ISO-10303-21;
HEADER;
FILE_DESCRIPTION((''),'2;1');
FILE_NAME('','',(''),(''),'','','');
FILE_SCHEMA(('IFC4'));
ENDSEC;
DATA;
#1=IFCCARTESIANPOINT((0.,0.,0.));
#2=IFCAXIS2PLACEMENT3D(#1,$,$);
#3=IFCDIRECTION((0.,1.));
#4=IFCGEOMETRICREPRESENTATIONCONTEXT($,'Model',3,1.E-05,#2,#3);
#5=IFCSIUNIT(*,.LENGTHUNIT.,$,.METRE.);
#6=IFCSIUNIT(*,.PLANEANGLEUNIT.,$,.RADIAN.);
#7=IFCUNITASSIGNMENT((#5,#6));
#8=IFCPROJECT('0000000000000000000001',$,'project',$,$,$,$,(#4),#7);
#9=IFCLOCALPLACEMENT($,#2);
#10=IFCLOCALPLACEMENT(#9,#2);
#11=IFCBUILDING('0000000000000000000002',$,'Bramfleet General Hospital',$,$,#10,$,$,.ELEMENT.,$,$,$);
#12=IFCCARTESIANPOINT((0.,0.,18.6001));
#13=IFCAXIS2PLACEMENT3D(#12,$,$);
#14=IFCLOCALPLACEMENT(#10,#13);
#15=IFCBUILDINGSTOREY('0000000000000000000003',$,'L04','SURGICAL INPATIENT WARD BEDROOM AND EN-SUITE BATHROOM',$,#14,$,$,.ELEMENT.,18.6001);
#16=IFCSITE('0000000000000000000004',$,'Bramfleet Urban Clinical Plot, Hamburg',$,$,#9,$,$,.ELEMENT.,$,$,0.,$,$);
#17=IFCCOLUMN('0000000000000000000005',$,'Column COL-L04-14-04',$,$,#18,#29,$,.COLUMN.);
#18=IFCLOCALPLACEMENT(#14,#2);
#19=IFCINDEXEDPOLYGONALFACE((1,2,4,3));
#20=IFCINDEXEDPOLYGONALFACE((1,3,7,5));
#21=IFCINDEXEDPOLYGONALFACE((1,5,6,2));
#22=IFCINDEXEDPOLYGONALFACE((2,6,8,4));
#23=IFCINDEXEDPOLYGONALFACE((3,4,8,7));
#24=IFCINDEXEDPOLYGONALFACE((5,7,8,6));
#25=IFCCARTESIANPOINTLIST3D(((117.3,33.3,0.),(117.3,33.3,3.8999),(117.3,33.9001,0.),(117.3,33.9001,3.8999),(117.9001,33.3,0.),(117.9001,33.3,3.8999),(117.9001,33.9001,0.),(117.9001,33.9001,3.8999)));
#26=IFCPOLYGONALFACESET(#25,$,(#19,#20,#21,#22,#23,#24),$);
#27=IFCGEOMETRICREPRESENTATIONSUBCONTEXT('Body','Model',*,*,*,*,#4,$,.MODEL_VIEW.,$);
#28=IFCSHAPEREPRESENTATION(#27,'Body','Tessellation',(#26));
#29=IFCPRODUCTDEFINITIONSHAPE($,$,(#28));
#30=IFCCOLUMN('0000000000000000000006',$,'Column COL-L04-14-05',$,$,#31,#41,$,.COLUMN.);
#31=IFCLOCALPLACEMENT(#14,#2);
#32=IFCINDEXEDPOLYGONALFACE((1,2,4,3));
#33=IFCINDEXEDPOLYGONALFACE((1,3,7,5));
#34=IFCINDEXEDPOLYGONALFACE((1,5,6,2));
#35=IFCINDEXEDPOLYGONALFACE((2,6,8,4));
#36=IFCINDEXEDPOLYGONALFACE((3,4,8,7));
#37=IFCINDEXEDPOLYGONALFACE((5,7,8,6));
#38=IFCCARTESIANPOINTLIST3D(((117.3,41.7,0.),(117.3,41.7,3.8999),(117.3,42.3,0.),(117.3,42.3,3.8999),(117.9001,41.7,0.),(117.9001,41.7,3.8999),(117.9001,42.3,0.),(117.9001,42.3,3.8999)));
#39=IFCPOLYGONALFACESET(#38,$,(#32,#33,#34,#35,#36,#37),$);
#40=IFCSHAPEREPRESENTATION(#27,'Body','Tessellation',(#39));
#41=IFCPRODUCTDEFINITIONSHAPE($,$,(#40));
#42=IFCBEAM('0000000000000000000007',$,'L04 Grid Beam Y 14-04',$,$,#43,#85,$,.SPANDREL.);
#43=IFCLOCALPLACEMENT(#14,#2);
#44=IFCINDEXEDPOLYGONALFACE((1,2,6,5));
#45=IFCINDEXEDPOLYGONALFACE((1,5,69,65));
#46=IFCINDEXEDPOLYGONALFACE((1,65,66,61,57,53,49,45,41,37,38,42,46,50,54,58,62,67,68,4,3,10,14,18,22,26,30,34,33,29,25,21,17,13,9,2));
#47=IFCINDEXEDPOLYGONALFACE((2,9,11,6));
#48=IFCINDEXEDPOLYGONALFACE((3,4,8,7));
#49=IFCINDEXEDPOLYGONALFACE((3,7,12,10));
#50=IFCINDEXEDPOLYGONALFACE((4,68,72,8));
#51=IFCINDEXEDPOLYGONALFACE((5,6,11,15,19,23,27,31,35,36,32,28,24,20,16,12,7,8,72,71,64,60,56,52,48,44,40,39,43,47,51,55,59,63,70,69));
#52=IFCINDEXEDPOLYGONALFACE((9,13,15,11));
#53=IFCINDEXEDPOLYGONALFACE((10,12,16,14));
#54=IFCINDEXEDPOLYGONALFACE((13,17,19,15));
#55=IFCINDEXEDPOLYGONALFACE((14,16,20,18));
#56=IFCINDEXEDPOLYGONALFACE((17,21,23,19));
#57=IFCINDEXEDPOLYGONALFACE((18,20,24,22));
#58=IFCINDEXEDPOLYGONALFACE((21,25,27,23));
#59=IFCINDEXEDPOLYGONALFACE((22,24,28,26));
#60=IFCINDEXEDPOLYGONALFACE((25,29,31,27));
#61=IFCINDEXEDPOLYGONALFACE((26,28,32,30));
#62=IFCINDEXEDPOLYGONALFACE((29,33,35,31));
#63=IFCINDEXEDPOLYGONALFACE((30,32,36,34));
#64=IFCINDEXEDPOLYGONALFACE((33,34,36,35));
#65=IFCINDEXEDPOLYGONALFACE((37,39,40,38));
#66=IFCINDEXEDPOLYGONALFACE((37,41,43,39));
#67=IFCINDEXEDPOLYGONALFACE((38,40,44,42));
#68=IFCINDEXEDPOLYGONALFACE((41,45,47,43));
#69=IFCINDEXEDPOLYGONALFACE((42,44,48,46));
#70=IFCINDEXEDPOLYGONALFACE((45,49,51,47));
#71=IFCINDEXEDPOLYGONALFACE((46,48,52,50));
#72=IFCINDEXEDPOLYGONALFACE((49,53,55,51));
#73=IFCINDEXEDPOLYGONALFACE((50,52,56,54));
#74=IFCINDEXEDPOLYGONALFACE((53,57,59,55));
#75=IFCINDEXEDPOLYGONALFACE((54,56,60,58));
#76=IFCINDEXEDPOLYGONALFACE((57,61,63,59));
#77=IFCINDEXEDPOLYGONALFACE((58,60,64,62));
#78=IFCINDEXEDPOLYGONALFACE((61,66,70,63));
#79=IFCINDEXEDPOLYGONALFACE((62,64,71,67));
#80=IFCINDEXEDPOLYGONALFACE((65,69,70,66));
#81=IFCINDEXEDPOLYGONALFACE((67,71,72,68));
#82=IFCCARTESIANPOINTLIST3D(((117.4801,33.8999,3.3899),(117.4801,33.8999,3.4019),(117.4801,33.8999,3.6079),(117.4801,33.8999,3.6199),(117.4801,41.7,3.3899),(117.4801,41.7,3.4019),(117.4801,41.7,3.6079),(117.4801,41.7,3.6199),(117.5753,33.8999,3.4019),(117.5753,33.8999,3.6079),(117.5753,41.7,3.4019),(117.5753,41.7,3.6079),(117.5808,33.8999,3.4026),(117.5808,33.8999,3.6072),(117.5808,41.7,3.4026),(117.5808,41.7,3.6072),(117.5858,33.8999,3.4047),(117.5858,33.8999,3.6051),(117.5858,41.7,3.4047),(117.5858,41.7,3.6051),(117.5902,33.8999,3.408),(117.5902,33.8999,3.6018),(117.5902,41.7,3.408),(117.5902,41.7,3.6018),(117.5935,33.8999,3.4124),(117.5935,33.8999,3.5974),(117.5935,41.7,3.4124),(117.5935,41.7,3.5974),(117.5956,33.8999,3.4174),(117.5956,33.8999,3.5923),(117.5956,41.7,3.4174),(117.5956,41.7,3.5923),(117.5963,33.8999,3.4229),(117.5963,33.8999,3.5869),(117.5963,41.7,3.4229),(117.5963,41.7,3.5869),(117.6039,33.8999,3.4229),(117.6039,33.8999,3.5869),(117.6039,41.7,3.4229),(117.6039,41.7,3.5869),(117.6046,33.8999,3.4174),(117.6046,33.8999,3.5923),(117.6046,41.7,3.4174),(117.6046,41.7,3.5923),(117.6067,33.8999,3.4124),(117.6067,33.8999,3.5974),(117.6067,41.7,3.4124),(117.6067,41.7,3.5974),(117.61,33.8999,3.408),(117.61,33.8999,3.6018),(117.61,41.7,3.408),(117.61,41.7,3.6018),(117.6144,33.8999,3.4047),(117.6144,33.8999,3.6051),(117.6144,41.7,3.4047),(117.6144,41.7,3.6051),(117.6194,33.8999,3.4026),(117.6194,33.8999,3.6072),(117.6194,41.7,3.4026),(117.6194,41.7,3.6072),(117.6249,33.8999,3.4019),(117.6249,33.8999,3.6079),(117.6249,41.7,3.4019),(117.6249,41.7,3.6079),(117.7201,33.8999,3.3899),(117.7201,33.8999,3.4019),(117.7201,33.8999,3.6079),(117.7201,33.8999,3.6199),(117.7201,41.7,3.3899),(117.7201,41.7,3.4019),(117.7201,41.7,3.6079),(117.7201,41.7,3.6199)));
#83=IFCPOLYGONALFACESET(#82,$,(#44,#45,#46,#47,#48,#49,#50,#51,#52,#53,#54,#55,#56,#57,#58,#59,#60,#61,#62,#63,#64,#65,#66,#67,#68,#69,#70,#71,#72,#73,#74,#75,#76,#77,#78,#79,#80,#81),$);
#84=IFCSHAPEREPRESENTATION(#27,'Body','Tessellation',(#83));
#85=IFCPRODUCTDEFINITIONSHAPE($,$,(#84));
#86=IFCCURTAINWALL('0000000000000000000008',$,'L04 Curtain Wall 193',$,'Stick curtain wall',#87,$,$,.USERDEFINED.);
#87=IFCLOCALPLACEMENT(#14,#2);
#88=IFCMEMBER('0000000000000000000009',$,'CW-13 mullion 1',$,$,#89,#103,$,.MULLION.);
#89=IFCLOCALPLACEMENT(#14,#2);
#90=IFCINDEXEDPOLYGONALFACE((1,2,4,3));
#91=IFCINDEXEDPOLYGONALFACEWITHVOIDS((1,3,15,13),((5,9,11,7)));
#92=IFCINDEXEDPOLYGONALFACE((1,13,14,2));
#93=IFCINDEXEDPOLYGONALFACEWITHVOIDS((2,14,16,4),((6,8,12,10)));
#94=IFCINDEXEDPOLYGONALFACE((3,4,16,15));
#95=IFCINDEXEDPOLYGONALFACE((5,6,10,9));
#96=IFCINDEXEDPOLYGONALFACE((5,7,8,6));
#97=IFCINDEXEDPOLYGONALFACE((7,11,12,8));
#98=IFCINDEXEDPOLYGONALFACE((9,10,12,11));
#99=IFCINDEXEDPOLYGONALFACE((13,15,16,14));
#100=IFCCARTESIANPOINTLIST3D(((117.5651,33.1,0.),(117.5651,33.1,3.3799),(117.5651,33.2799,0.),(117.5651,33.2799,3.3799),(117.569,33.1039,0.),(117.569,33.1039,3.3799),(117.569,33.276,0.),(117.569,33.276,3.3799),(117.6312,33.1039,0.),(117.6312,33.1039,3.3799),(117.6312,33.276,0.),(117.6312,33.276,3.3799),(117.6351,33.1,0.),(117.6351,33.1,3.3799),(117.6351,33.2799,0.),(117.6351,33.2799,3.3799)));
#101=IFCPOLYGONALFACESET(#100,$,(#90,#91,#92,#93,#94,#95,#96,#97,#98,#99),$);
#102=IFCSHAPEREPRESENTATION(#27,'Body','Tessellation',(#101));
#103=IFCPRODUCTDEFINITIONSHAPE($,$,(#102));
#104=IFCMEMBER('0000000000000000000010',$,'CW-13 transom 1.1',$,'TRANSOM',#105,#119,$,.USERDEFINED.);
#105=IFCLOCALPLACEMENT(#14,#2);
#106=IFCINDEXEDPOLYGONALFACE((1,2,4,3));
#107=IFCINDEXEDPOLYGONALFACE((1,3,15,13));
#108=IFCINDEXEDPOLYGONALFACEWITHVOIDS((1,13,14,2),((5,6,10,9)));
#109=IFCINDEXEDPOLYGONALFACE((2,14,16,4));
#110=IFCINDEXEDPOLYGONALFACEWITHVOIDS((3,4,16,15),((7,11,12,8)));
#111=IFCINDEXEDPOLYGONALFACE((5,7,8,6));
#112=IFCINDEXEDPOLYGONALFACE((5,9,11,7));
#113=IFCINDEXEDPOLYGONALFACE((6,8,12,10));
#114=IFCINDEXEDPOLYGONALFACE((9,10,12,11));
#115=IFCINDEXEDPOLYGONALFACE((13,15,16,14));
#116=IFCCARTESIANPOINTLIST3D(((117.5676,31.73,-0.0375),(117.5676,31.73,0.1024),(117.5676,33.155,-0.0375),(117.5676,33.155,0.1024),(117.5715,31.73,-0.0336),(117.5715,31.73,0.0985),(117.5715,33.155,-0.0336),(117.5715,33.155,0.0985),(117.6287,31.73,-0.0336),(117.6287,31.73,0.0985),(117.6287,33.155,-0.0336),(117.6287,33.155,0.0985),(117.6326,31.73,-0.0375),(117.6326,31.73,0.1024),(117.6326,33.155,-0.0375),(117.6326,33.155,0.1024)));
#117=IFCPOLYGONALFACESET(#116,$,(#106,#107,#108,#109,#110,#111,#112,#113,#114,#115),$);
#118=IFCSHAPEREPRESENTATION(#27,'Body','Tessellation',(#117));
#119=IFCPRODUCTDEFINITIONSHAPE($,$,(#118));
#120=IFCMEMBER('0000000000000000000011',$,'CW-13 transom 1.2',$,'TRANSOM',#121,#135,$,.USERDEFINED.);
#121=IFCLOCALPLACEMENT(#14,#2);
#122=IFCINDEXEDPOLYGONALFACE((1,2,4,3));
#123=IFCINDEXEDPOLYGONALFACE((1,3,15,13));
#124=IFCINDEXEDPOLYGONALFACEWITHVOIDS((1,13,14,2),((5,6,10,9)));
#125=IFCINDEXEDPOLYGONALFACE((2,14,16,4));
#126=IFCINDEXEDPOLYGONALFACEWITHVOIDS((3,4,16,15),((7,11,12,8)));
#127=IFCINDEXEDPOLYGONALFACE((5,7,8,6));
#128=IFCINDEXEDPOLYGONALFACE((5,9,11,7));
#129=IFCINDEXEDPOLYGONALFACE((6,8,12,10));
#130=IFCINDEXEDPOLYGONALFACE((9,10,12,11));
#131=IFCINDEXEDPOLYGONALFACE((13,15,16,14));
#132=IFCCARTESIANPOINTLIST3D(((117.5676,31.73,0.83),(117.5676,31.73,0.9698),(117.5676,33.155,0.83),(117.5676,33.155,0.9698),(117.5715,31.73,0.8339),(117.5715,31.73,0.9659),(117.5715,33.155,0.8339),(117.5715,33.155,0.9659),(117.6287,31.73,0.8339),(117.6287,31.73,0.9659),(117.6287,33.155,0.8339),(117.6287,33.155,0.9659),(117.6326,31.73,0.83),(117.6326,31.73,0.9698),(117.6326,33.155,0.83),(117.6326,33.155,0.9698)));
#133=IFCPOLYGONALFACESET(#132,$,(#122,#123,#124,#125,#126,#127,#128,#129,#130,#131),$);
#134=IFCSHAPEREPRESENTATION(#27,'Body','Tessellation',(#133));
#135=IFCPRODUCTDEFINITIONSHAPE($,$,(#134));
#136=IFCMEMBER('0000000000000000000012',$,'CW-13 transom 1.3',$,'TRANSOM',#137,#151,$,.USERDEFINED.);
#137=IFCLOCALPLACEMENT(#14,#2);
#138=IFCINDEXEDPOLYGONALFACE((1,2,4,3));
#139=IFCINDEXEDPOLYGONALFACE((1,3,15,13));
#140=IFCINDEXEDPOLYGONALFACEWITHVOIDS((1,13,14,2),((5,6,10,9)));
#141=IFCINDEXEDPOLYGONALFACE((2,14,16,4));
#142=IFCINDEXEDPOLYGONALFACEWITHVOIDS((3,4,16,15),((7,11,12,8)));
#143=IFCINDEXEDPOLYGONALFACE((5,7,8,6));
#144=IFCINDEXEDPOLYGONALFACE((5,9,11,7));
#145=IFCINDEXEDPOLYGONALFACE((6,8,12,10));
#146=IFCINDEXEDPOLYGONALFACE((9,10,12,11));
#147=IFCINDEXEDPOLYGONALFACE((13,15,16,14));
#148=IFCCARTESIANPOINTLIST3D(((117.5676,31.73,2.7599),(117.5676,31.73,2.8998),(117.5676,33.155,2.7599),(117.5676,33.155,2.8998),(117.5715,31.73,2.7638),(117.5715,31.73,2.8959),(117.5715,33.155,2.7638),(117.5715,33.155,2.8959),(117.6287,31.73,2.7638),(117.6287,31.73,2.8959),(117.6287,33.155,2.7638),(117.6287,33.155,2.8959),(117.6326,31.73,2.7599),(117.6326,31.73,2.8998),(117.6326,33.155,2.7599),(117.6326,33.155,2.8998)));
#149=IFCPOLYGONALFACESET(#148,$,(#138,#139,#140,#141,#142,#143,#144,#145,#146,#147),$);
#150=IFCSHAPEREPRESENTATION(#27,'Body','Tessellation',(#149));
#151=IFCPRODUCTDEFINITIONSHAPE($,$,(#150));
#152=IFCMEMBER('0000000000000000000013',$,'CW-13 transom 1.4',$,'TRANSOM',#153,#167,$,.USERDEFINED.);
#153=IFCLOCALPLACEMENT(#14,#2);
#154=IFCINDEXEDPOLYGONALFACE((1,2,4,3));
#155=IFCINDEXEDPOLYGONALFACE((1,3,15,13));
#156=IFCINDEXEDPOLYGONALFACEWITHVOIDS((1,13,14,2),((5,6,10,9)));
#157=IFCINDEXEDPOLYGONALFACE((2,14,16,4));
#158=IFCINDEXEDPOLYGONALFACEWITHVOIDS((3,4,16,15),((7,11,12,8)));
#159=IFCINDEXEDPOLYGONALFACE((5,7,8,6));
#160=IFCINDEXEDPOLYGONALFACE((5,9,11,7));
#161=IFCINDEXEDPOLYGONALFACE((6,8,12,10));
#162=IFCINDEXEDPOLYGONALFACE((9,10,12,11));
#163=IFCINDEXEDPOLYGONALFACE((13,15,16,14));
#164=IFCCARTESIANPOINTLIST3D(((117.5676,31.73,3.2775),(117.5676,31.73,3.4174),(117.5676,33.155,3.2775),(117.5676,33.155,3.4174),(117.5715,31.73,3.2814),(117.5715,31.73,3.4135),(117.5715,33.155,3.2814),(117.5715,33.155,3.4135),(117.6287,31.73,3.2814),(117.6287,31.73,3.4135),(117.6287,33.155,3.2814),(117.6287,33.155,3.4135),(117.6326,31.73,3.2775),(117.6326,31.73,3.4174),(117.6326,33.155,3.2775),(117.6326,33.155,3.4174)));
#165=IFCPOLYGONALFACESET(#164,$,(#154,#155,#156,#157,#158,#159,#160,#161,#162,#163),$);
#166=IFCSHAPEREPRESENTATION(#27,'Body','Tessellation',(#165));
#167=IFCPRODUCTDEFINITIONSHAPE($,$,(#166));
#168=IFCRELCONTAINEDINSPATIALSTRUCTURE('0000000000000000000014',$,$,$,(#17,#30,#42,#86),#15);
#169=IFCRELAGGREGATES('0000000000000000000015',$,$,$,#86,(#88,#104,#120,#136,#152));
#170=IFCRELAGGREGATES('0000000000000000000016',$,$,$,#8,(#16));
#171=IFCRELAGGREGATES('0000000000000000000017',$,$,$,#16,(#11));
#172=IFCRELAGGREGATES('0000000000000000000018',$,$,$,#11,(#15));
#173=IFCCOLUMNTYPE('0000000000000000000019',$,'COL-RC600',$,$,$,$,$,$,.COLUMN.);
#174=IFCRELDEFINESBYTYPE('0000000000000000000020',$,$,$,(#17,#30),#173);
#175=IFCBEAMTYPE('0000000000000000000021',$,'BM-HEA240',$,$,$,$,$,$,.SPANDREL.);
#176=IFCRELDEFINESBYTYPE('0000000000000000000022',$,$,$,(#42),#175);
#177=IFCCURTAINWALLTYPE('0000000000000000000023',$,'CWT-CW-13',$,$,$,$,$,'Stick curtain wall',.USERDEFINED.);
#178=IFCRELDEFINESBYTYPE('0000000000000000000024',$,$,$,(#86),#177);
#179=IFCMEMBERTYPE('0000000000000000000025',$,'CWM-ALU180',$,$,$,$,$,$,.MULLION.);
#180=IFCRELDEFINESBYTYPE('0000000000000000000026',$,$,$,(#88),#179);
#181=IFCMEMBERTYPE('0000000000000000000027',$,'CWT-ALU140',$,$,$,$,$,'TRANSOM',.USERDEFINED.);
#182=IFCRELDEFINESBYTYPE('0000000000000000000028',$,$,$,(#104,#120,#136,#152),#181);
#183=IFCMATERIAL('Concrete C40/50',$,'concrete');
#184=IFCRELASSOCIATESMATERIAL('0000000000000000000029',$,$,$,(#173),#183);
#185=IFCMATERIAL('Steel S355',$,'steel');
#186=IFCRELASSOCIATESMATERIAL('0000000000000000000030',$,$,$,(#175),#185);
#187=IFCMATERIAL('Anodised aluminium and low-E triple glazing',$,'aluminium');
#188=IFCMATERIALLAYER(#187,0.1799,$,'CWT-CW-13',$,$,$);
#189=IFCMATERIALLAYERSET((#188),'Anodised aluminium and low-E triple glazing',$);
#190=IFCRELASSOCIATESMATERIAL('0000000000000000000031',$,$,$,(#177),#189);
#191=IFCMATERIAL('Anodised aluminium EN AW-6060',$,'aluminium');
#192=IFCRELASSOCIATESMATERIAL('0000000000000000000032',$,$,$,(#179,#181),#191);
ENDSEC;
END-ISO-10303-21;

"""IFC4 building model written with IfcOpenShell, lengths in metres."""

from ifc_helpers import new_model, si_unit, direction, frame, origin, origin_2d, place, context, subcontext, project, spatial, rectangle, hollow_rectangle, i_section, extrude, material, layer, layer_set, material_profile, profile_set, type_object, element, aggregate, save


model = new_model("IFC4")

# Units and contexts
model_context = context("Model", 3, precision=1e-05, world=origin(), true_north=direction((0.0, 1.0)))
body_context = subcontext(model_context, "Body", "Model", "MODEL_VIEW")
ifc_project = project(units=[si_unit("LENGTHUNIT", "METRE"), si_unit("PLANEANGLEUNIT", "RADIAN")], contexts=[model_context])

# Site, building, storey
site_placement = place(None, origin())
site = spatial("IfcSite", under=ifc_project, at=site_placement, Name="Bramfleet Urban Clinical Plot, Hamburg", CompositionType="ELEMENT", RefElevation=0.0)
building_placement = place(site_placement, origin())
building = spatial("IfcBuilding", under=site, at=building_placement, Name="Bramfleet General Hospital", CompositionType="ELEMENT")
storey_placement = place(building_placement, frame((0.0, 0.0, 18.6001)))
storey = spatial("IfcBuildingStorey", under=building, at=storey_placement, Name="L04", Description="SURGICAL INPATIENT WARD BEDROOM AND EN-SUITE BATHROOM", CompositionType="ELEMENT", Elevation=18.6001)

# Columns
ifc_material_1 = material(Name="Concrete C40/50", Category="concrete")
ifc_material_profile_1 = material_profile(ifc_material_1, rectangle(XDim=0.6001, YDim=0.6001, at=origin_2d()), Name="RC COL 600x600")
ifc_profile_set_1 = profile_set([ifc_material_profile_1], Name="Concrete C40/50")
column_type = type_object("IfcColumnType", Name="COL-RC600", PredefinedType="COLUMN", material=ifc_profile_set_1)
for number, where, z_axis, x_axis, name in (
    (1, (117.6001, 33.6001, 0.0), (0.0, 0.0, 1.0), (1.0, 0.0, 0.0), "Column COL-L04-14-04"),
    (2, (117.6001, 42.0, 0.0), (0.0, 0.0, 1.0), (1.0, 0.0, 0.0), "Column COL-L04-14-05"),
):
    element("IfcColumn", number, at=place(storey_placement, frame(where, z_axis=z_axis, x_axis=x_axis)), inside=storey, type_object=column_type, Name=name, PredefinedType="COLUMN", context=body_context, shape_type="SweptSolid", body=[
        extrude(rectangle(XDim=0.6001, YDim=0.6001, at=origin_2d()), origin(), (0.0, 0.0, 1.0), 3.8999),
    ])

# Beam
ifc_material_2 = material(Name="Steel S355", Category="steel")
ifc_material_profile_2 = material_profile(ifc_material_2, i_section(OverallWidth=0.24, OverallDepth=0.23, WebThickness=0.0076, FlangeThickness=0.012, FilletRadius=0.021, at=origin_2d()), Name="HEA 240")
ifc_profile_set_2 = profile_set([ifc_material_profile_2], Name="Steel S355")
beam_type = type_object("IfcBeamType", Name="BM-HEA240", PredefinedType="SPANDREL", material=ifc_profile_set_2)
beam_placement = place(storey_placement, frame((117.6001, 33.8999, 3.5049), z_axis=(0.0, 1.0, 0.0), x_axis=(-1.0, 0.0, 0.0)))
element("IfcBeam", 3, at=beam_placement, inside=storey, type_object=beam_type, Name="L04 Grid Beam Y 14-04", PredefinedType="SPANDREL", context=body_context, shape_type="SweptSolid", body=[
    extrude(i_section(OverallWidth=0.24, OverallDepth=0.23, WebThickness=0.0076, FlangeThickness=0.012, FilletRadius=0.021, at=origin_2d()), origin(), (0.0, 0.0, 1.0), 7.8),
])

# Curtain wall, members
ifc_material_3 = material(Name="Anodised aluminium and low-E triple glazing", Category="aluminium")
ifc_layer_1 = layer(ifc_material_3, 0.1799, Name="CWT-CW-13")
ifc_layer_set_1 = layer_set([ifc_layer_1], Name="Anodised aluminium and low-E triple glazing")
curtain_wall_type = type_object("IfcCurtainWallType", Name="CWT-CW-13", ElementType="Stick curtain wall", PredefinedType="USERDEFINED", material=ifc_layer_set_1)
curtain_wall_placement = place(storey_placement, origin())
curtain_wall = element("IfcCurtainWall", 4, at=curtain_wall_placement, inside=storey, type_object=curtain_wall_type, Name="L04 Curtain Wall 193", ObjectType="Stick curtain wall", PredefinedType="USERDEFINED")
ifc_material_4 = material(Name="Anodised aluminium EN AW-6060", Category="aluminium")
ifc_material_profile_3 = material_profile(ifc_material_4, hollow_rectangle(XDim=0.0701, YDim=0.1799, WallThickness=0.0039, at=origin_2d()), Name="ALU 180x70x4.0")
ifc_profile_set_3 = profile_set([ifc_material_profile_3], Name="Anodised aluminium EN AW-6060")
member_type_1 = type_object("IfcMemberType", Name="CWM-ALU180", PredefinedType="MULLION", material=ifc_profile_set_3)
member_1_placement = place(storey_placement, frame((117.6001, 33.1899, 0.0), z_axis=(0.0, 0.0, 1.0), x_axis=(1.0, 0.0, 0.0)))
member_1 = element("IfcMember", 5, at=member_1_placement, type_object=member_type_1, Name="CW-13 mullion 1", PredefinedType="MULLION", context=body_context, shape_type="SweptSolid", body=[
    extrude(hollow_rectangle(XDim=0.0701, YDim=0.1799, WallThickness=0.0039, at=origin_2d()), origin(), (0.0, 0.0, 1.0), 3.3799),
])
ifc_material_profile_4 = material_profile(ifc_material_4, hollow_rectangle(XDim=0.0649, YDim=0.1399, WallThickness=0.0039, at=origin_2d()), Name="ALU 140x65x4.0")
ifc_profile_set_4 = profile_set([ifc_material_profile_4], Name="Anodised aluminium EN AW-6060")
member_type_2 = type_object("IfcMemberType", Name="CWT-ALU140", ElementType="TRANSOM", PredefinedType="USERDEFINED", material=ifc_profile_set_4)
member_2_placement = place(storey_placement, frame((117.6001, 33.155, 0.0325), z_axis=(0.0, -1.0, 0.0), x_axis=(1.0, 0.0, 0.0)))
member_2 = element("IfcMember", 6, at=member_2_placement, type_object=member_type_2, Name="CW-13 transom 1.1", ObjectType="TRANSOM", PredefinedType="USERDEFINED", context=body_context, shape_type="SweptSolid", body=[
    extrude(hollow_rectangle(XDim=0.0649, YDim=0.1399, WallThickness=0.0039, at=origin_2d()), origin(), (0.0, 0.0, 1.0), 1.425),
])
member_3_placement = place(storey_placement, frame((117.6001, 33.155, 0.8999), z_axis=(0.0, -1.0, 0.0), x_axis=(1.0, 0.0, 0.0)))
member_3 = element("IfcMember", 7, at=member_3_placement, type_object=member_type_2, Name="CW-13 transom 1.2", ObjectType="TRANSOM", PredefinedType="USERDEFINED", context=body_context, shape_type="SweptSolid", body=[
    extrude(hollow_rectangle(XDim=0.0649, YDim=0.1399, WallThickness=0.0039, at=origin_2d()), origin(), (0.0, 0.0, 1.0), 1.425),
])
member_4_placement = place(storey_placement, frame((117.6001, 33.155, 2.8298), z_axis=(0.0, -1.0, 0.0), x_axis=(1.0, 0.0, 0.0)))
member_4 = element("IfcMember", 8, at=member_4_placement, type_object=member_type_2, Name="CW-13 transom 1.3", ObjectType="TRANSOM", PredefinedType="USERDEFINED", context=body_context, shape_type="SweptSolid", body=[
    extrude(hollow_rectangle(XDim=0.0649, YDim=0.1399, WallThickness=0.0039, at=origin_2d()), origin(), (0.0, 0.0, 1.0), 1.425),
])
member_5_placement = place(storey_placement, frame((117.6001, 33.155, 3.3474), z_axis=(0.0, -1.0, 0.0), x_axis=(1.0, 0.0, 0.0)))
member_5 = element("IfcMember", 9, at=member_5_placement, type_object=member_type_2, Name="CW-13 transom 1.4", ObjectType="TRANSOM", PredefinedType="USERDEFINED", context=body_context, shape_type="SweptSolid", body=[
    extrude(hollow_rectangle(XDim=0.0649, YDim=0.1399, WallThickness=0.0039, at=origin_2d()), origin(), (0.0, 0.0, 1.0), 1.425),
])
aggregate(curtain_wall, [member_1, member_2, member_3, member_4, member_5])

save(model, "model.ifc")
